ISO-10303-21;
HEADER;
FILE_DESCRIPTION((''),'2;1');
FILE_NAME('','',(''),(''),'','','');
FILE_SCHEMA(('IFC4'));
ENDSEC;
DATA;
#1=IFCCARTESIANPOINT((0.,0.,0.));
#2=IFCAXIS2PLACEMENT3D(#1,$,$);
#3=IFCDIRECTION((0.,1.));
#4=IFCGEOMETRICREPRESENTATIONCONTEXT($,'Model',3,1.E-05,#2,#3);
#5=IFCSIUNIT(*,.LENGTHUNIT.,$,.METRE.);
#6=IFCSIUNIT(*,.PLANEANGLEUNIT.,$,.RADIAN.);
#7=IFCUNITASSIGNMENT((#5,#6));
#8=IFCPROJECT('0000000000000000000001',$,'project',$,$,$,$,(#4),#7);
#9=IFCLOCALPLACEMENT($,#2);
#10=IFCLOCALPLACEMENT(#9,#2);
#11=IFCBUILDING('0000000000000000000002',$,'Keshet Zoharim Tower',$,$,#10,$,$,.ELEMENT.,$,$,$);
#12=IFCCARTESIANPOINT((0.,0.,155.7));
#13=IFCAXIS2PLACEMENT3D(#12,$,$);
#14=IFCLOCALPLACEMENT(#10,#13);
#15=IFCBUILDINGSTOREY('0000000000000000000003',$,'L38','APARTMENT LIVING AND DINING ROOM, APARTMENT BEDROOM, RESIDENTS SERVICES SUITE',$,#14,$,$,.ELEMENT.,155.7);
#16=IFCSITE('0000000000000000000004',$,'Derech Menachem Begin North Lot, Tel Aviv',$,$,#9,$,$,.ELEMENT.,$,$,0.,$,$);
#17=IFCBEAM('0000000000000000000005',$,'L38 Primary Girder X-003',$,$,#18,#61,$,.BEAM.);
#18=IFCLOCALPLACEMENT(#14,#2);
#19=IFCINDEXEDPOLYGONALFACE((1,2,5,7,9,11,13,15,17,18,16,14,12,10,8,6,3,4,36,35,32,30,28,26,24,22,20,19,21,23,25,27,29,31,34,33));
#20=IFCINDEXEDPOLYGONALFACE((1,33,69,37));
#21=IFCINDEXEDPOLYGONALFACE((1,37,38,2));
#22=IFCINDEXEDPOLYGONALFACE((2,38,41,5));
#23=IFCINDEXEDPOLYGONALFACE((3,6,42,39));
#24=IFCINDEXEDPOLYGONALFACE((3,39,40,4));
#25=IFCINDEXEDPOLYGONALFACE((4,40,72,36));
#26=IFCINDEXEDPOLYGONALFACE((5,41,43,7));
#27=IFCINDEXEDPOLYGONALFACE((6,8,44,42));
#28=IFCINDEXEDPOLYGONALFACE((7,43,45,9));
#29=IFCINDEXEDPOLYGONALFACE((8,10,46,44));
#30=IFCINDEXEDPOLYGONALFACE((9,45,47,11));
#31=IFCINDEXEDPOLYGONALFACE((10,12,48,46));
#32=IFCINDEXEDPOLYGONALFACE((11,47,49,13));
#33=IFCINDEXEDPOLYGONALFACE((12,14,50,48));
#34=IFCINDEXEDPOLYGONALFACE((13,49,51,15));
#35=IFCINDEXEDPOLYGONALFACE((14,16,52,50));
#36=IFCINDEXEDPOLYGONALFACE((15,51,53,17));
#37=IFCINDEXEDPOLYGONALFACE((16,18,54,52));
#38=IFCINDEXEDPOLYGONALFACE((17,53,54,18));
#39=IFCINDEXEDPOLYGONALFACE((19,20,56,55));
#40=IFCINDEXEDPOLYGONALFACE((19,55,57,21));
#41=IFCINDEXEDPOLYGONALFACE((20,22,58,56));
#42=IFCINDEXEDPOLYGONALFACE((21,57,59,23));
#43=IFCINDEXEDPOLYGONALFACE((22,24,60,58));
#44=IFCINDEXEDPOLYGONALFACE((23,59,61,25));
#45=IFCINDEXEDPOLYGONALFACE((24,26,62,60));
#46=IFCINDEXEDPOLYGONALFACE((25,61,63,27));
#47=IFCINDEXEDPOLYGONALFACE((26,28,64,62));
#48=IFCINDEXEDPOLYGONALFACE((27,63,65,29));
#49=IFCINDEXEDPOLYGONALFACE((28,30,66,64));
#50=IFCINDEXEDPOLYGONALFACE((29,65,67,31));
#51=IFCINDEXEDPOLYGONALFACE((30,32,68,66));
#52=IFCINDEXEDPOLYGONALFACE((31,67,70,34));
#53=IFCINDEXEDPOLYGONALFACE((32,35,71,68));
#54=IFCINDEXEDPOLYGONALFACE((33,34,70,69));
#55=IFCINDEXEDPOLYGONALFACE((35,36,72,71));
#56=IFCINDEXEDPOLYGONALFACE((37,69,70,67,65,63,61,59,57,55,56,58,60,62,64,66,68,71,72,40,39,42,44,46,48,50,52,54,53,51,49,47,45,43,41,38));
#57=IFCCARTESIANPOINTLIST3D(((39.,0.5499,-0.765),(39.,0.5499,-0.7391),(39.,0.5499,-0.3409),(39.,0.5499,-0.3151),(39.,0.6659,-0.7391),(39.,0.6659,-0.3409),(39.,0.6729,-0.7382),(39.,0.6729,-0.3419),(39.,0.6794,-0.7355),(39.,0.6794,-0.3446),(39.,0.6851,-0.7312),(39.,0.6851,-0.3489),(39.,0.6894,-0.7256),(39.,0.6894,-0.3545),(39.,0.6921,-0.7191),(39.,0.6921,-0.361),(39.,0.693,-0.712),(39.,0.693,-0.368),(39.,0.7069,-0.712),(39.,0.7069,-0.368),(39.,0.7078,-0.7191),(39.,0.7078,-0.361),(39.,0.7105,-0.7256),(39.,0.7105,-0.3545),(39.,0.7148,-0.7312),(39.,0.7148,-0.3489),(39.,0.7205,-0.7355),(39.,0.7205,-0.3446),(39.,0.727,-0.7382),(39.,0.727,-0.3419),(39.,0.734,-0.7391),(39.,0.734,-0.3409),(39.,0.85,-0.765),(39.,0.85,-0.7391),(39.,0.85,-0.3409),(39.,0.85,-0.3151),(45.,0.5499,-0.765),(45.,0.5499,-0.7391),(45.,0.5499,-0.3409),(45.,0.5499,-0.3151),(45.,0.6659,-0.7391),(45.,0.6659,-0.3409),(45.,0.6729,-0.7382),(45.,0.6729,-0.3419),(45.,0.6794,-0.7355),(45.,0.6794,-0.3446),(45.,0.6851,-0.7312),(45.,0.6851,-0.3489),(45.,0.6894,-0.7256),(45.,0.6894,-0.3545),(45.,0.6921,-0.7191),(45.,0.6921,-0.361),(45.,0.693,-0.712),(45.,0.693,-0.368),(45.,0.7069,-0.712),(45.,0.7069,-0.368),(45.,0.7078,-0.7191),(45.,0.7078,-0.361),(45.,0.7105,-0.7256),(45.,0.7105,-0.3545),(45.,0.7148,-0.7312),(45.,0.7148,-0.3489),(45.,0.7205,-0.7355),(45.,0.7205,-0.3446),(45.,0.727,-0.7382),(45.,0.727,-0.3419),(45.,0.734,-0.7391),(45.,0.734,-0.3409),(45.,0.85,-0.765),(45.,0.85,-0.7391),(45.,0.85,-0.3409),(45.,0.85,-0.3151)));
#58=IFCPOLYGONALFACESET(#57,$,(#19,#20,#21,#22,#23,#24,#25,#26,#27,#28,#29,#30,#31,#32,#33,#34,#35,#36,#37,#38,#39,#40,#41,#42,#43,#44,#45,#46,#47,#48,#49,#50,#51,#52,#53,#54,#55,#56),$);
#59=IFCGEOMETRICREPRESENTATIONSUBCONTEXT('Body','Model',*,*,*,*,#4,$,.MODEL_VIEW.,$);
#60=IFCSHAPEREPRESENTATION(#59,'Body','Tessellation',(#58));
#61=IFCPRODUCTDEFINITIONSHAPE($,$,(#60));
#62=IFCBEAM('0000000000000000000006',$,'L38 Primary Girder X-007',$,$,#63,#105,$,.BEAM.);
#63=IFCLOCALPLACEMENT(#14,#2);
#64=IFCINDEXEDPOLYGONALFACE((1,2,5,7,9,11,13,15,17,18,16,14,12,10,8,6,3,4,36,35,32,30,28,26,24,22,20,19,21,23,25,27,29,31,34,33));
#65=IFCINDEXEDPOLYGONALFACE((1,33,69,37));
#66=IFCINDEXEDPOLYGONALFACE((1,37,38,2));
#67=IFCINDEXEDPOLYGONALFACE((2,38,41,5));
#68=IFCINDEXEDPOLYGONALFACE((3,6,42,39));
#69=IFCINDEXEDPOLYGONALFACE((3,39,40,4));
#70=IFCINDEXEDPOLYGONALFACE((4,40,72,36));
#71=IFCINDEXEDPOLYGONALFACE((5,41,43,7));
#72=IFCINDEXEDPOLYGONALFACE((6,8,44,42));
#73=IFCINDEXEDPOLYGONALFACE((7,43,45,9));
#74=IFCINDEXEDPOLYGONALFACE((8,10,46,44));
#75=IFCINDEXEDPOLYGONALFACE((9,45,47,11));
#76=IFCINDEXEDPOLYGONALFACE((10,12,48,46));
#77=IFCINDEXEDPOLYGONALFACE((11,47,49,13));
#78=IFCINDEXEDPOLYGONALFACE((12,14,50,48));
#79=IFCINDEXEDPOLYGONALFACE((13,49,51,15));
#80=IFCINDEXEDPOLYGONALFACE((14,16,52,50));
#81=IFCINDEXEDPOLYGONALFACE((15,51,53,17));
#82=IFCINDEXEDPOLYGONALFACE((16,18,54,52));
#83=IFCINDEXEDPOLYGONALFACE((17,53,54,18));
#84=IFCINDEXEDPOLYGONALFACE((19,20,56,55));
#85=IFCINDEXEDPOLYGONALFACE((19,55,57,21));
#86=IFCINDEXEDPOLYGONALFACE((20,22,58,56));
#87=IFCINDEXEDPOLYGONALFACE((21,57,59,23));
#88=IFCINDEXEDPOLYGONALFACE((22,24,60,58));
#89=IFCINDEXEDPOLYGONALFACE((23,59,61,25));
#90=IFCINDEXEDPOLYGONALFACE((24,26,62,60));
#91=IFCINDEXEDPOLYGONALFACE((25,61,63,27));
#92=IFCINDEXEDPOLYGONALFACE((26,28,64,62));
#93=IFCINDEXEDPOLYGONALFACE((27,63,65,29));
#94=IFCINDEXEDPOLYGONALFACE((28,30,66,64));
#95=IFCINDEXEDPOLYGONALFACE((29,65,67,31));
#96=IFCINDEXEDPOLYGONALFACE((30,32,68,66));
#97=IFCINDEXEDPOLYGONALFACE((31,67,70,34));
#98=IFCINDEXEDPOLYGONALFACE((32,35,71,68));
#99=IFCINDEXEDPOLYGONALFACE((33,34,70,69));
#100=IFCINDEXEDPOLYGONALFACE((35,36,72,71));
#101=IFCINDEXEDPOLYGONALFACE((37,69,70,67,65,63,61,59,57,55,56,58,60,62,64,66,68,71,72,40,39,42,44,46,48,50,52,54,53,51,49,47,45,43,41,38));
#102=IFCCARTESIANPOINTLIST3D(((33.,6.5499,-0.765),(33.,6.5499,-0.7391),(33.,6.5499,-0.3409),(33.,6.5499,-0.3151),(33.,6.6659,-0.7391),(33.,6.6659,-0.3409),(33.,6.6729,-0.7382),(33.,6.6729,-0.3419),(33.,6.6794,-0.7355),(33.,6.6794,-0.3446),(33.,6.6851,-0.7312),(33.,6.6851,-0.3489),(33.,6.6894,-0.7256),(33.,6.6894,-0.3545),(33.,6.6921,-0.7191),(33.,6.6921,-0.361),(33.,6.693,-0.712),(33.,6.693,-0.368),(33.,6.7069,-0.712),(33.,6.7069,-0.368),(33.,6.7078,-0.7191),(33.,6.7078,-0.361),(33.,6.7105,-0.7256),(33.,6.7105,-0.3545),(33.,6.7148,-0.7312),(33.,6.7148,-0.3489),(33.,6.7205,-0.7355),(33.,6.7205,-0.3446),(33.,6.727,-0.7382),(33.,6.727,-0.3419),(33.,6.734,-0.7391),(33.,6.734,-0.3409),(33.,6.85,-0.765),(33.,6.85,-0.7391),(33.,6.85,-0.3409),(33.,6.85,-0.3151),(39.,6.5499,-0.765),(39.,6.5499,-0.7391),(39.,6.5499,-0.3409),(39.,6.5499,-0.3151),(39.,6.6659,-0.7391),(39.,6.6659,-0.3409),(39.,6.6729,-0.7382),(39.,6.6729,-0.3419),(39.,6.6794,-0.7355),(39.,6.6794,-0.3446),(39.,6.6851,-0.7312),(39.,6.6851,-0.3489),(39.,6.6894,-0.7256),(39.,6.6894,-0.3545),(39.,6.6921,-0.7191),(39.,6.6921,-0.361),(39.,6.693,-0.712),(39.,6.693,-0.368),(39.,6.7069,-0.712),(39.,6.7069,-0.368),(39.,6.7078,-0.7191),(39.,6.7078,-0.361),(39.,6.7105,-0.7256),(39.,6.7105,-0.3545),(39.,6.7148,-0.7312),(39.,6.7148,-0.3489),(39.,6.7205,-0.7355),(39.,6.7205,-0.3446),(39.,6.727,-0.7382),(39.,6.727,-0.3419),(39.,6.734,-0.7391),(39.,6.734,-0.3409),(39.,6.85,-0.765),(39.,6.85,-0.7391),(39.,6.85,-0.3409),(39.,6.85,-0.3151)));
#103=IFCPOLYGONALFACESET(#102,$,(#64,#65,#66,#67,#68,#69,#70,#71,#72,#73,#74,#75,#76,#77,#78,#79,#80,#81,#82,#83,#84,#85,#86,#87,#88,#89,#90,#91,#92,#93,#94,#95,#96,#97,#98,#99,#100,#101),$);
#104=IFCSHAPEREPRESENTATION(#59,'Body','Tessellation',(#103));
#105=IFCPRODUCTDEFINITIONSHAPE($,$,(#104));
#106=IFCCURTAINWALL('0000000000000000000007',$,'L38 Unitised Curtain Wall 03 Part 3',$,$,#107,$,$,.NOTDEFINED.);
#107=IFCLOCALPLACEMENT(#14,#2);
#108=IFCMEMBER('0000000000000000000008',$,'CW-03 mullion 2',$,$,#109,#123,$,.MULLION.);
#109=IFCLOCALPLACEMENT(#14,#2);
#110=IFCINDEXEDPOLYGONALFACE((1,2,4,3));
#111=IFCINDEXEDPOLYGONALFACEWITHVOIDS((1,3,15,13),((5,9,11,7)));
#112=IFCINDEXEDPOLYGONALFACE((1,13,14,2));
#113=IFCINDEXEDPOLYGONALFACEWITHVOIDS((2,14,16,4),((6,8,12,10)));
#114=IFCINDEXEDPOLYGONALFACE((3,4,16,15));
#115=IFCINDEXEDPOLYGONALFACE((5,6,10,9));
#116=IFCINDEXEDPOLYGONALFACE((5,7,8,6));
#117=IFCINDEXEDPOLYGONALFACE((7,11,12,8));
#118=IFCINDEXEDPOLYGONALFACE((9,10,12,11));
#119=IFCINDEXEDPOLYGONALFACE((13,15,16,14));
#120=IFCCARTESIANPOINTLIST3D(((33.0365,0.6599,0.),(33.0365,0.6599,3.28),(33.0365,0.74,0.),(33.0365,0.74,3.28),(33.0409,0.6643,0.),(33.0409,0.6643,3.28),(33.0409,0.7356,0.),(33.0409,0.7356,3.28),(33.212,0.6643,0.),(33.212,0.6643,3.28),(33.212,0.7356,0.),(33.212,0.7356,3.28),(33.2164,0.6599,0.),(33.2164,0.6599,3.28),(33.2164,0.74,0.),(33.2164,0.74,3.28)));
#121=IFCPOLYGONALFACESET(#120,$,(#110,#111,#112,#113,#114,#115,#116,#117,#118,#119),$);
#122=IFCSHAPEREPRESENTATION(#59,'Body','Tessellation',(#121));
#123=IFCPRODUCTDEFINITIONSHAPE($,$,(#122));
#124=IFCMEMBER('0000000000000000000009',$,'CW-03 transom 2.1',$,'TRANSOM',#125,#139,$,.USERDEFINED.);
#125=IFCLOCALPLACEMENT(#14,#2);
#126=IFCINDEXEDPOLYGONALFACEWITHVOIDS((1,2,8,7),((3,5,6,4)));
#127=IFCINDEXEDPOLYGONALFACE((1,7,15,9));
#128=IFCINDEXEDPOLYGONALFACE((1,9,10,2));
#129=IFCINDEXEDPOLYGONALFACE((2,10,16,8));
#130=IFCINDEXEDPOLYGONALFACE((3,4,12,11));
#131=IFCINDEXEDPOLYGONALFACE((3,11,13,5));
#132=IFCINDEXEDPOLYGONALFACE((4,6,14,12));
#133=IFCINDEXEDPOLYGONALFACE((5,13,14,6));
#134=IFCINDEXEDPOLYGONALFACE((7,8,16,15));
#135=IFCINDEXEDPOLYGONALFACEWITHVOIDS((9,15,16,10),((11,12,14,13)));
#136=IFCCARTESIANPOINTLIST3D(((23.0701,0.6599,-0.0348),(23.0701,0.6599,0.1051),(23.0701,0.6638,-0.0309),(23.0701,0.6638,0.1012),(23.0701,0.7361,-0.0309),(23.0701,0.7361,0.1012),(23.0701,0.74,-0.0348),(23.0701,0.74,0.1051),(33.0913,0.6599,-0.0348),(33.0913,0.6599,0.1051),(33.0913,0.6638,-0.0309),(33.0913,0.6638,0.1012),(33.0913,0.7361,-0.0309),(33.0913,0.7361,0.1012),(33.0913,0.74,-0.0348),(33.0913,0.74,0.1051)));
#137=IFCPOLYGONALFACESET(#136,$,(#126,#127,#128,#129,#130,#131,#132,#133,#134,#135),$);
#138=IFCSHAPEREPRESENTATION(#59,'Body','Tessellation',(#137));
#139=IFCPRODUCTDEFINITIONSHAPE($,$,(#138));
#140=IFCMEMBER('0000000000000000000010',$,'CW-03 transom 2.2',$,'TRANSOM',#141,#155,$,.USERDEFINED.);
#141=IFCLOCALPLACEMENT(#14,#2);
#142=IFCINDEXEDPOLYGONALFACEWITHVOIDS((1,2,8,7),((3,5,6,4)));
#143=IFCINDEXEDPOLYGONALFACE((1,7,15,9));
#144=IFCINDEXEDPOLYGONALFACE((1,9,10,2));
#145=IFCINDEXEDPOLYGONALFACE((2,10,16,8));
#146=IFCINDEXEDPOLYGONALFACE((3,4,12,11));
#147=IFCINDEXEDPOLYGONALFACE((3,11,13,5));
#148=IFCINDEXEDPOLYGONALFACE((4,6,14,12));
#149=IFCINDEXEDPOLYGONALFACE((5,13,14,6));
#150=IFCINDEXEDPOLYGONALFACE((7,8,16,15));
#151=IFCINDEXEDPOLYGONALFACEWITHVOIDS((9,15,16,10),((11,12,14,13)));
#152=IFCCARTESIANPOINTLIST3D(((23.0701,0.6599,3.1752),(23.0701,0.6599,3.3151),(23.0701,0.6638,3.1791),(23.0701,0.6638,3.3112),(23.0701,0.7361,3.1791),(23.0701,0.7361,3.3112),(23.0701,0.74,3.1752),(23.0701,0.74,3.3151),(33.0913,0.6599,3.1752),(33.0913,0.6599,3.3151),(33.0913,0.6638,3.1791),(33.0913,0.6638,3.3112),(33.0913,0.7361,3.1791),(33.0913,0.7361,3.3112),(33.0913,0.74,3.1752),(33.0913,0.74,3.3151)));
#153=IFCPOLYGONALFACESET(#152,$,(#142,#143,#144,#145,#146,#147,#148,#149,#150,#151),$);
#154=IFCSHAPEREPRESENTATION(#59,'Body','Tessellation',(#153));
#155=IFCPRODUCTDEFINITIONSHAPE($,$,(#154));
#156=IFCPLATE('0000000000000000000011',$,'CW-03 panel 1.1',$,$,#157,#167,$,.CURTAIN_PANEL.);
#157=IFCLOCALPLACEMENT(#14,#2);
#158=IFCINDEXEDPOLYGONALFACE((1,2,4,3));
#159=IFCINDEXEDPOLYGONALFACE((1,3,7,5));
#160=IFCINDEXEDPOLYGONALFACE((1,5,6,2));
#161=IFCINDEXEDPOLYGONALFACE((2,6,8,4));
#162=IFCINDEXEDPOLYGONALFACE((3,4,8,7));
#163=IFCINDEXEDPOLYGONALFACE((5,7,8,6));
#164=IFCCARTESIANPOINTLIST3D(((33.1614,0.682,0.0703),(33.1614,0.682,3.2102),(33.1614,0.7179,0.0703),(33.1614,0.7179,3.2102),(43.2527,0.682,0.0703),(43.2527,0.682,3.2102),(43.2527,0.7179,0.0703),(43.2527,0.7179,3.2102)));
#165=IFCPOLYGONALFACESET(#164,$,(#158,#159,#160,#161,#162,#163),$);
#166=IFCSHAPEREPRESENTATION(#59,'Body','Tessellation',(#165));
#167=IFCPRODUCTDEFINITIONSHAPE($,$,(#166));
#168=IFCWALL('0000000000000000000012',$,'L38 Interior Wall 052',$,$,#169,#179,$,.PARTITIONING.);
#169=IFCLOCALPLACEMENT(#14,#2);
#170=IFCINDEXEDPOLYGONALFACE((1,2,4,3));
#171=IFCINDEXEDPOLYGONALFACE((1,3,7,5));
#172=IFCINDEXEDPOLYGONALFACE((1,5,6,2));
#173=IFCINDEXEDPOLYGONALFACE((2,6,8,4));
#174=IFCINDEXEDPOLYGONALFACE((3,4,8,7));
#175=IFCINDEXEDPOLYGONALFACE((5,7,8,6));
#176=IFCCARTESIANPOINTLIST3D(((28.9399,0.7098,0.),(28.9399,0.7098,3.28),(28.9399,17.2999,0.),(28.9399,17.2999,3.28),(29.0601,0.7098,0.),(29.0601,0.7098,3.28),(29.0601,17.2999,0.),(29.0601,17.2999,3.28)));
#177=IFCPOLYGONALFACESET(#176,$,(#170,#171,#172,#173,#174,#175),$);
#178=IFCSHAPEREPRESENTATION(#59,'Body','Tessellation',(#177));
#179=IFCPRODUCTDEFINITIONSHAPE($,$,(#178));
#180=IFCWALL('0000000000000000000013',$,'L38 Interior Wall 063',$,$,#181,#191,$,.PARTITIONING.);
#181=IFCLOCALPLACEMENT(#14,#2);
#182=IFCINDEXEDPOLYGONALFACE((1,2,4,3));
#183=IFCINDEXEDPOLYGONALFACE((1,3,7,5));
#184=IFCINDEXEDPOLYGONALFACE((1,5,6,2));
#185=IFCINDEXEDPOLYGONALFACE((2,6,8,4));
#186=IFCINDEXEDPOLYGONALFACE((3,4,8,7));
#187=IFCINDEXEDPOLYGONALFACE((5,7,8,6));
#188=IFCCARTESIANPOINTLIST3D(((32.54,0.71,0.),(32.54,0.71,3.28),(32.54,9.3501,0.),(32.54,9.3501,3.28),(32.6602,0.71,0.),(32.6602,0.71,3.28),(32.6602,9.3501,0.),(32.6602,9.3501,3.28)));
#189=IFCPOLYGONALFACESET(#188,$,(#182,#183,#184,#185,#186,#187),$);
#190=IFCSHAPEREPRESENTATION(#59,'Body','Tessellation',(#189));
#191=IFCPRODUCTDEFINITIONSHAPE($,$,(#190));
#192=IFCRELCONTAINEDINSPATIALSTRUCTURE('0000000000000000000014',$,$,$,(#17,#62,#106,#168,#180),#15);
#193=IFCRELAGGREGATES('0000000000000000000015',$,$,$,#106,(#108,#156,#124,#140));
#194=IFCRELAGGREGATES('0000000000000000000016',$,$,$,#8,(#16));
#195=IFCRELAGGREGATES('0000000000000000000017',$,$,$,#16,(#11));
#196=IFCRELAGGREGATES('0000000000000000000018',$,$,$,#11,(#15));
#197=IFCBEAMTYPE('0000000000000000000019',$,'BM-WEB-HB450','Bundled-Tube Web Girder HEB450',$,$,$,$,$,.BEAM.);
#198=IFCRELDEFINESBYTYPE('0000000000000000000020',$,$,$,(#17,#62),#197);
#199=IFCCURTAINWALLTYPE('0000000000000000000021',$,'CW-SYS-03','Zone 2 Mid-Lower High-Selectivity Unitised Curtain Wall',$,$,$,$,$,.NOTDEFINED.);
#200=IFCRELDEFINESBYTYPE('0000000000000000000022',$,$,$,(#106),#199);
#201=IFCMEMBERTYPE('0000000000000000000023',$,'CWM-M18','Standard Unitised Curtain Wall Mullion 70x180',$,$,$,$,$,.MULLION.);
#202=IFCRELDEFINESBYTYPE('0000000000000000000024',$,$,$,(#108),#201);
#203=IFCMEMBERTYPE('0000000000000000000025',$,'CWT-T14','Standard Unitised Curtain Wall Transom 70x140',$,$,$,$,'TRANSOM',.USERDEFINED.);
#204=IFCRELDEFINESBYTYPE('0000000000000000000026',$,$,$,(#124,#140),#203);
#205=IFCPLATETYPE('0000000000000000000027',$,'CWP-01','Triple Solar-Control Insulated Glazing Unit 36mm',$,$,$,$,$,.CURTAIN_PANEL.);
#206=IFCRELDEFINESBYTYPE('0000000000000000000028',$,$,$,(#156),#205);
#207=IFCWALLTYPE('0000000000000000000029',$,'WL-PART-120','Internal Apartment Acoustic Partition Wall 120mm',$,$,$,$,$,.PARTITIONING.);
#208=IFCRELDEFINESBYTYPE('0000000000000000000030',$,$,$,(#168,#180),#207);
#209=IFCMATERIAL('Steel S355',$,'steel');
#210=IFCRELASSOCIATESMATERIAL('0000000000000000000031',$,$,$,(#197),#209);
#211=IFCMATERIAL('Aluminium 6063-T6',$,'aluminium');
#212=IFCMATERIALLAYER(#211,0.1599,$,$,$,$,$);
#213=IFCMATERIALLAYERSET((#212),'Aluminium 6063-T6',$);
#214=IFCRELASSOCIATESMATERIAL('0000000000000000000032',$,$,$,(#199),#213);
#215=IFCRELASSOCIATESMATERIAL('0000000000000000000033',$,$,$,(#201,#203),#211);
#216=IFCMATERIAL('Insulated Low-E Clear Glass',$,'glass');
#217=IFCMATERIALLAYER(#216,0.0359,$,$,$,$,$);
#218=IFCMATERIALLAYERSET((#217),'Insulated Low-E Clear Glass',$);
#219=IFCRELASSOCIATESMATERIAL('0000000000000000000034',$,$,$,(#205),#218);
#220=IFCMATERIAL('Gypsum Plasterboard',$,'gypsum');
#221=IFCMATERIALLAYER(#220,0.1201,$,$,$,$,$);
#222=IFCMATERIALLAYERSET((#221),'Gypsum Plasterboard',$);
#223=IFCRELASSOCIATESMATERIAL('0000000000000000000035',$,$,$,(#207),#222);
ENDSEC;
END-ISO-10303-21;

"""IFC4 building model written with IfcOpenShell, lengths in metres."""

from ifc_helpers import new_model, si_unit, direction, frame, frame_2d, origin, origin_2d, place, context, subcontext, project, spatial, rectangle, hollow_rectangle, i_section, extrude, material, layer, layer_set, material_profile, profile_set, type_object, element, aggregate, save


model = new_model("IFC4")

# Units and contexts
model_context = context("Model", 3, precision=1e-05, world=origin(), true_north=direction((0.0, 1.0)))
body_context = subcontext(model_context, "Body", "Model", "MODEL_VIEW")
ifc_project = project(units=[si_unit("LENGTHUNIT", "METRE"), si_unit("PLANEANGLEUNIT", "RADIAN")], contexts=[model_context])

# Site, building, storey
site_placement = place(None, origin())
site = spatial("IfcSite", under=ifc_project, at=site_placement, Name="Derech Menachem Begin North Lot, Tel Aviv", CompositionType="ELEMENT", RefElevation=0.0)
building_placement = place(site_placement, origin())
building = spatial("IfcBuilding", under=site, at=building_placement, Name="Keshet Zoharim Tower", CompositionType="ELEMENT")
storey_placement = place(building_placement, frame((0.0, 0.0, 155.7)))
storey = spatial("IfcBuildingStorey", under=building, at=storey_placement, Name="L38", Description="APARTMENT LIVING AND DINING ROOM, APARTMENT BEDROOM, RESIDENTS SERVICES SUITE", CompositionType="ELEMENT", Elevation=155.7)

# Shared definitions
ifc_material_1 = material(Name="Steel S355", Category="steel")

# Beams
ifc_material_profile_1 = material_profile(ifc_material_1, i_section(OverallWidth=0.3, OverallDepth=0.45, WebThickness=0.0139, FlangeThickness=0.0259, FilletRadius=0.0271, at=origin_2d()), Name="HEB450")
ifc_profile_set_1 = profile_set([ifc_material_profile_1], Name="Steel S355")
beam_type_1 = type_object("IfcBeamType", Name="BM-WEB-HB450", Description="Bundled-Tube Web Girder HEB450", PredefinedType="BEAM", material=ifc_profile_set_1)
for number, where, z_axis, x_axis, name in (
    (1, (39.0, 0.7, -0.54), (1.0, 0.0, 0.0), (0.0, 1.0, 0.0), "L38 Primary Girder X-003"),
    (2, (33.0, 6.7, -0.54), (1.0, 0.0, 0.0), (0.0, 1.0, 0.0), "L38 Primary Girder X-007"),
):
    element("IfcBeam", number, at=place(storey_placement, frame(where, z_axis=z_axis, x_axis=x_axis)), inside=storey, type_object=beam_type_1, Name=name, PredefinedType="BEAM", context=body_context, shape_type="SweptSolid", body=[
        extrude(i_section(OverallWidth=0.3, OverallDepth=0.45, WebThickness=0.0139, FlangeThickness=0.0259, FilletRadius=0.0271, at=origin_2d()), origin(), (0.0, 0.0, 1.0), 6.0),
    ])

# Curtain wall, members, plate
ifc_material_2 = material(Name="Aluminium 6063-T6", Category="aluminium")
ifc_layer_1 = layer(ifc_material_2, 0.1599)
ifc_layer_set_1 = layer_set([ifc_layer_1], Name="Aluminium 6063-T6")
curtain_wall_type = type_object("IfcCurtainWallType", Name="CW-SYS-03", Description="Zone 2 Mid-Lower High-Selectivity Unitised Curtain Wall", PredefinedType="NOTDEFINED", material=ifc_layer_set_1)
curtain_wall_placement = place(storey_placement, origin())
curtain_wall = element("IfcCurtainWall", 3, at=curtain_wall_placement, inside=storey, type_object=curtain_wall_type, Name="L38 Unitised Curtain Wall 03 Part 3", PredefinedType="NOTDEFINED")
ifc_material_profile_2 = material_profile(ifc_material_2, hollow_rectangle(XDim=0.0801, YDim=0.1799, WallThickness=0.0044, at=origin_2d()), Name="MUL-80x180")
ifc_profile_set_2 = profile_set([ifc_material_profile_2], Name="Aluminium 6063-T6")
member_type_1 = type_object("IfcMemberType", Name="CWM-M18", Description="Standard Unitised Curtain Wall Mullion 70x180", PredefinedType="MULLION", material=ifc_profile_set_2)
member_1_placement = place(storey_placement, frame((33.1265, 0.7, 0.0), z_axis=(0.0, 0.0, 1.0), x_axis=(0.0, -1.0, 0.0)))
member_1 = element("IfcMember", 4, at=member_1_placement, type_object=member_type_1, Name="CW-03 mullion 2", PredefinedType="MULLION", context=body_context, shape_type="SweptSolid", body=[
    extrude(hollow_rectangle(XDim=0.0801, YDim=0.1799, WallThickness=0.0044, at=origin_2d()), origin(), (0.0, 0.0, 1.0), 3.28),
])
ifc_material_profile_3 = material_profile(ifc_material_2, hollow_rectangle(XDim=0.0801, YDim=0.1399, WallThickness=0.0039, at=origin_2d()), Name="TRN-80x140")
ifc_profile_set_3 = profile_set([ifc_material_profile_3], Name="Aluminium 6063-T6")
member_type_2 = type_object("IfcMemberType", Name="CWT-T14", Description="Standard Unitised Curtain Wall Transom 70x140", ElementType="TRANSOM", PredefinedType="USERDEFINED", material=ifc_profile_set_3)
member_2_placement = place(storey_placement, frame((33.0913, 0.7, 0.0352), z_axis=(-1.0, 0.0, 0.0), x_axis=(0.0, -1.0, 0.0)))
member_2 = element("IfcMember", 5, at=member_2_placement, type_object=member_type_2, Name="CW-03 transom 2.1", ObjectType="TRANSOM", PredefinedType="USERDEFINED", context=body_context, shape_type="SweptSolid", body=[
    extrude(hollow_rectangle(XDim=0.0801, YDim=0.1399, WallThickness=0.0039, at=origin_2d()), origin(), (0.0, 0.0, 1.0), 10.0212),
])
member_3_placement = place(storey_placement, frame((33.0913, 0.7, 3.2451), z_axis=(-1.0, 0.0, 0.0), x_axis=(0.0, -1.0, 0.0)))
member_3 = element("IfcMember", 6, at=member_3_placement, type_object=member_type_2, Name="CW-03 transom 2.2", ObjectType="TRANSOM", PredefinedType="USERDEFINED", context=body_context, shape_type="SweptSolid", body=[
    extrude(hollow_rectangle(XDim=0.0801, YDim=0.1399, WallThickness=0.0039, at=origin_2d()), origin(), (0.0, 0.0, 1.0), 10.0212),
])
ifc_material_3 = material(Name="Insulated Low-E Clear Glass", Category="glass")
ifc_layer_2 = layer(ifc_material_3, 0.0359)
ifc_layer_set_2 = layer_set([ifc_layer_2], Name="Insulated Low-E Clear Glass")
plate_type = type_object("IfcPlateType", Name="CWP-01", Description="Triple Solar-Control Insulated Glazing Unit 36mm", PredefinedType="CURTAIN_PANEL", material=ifc_layer_set_2)
plate_placement = place(storey_placement, frame((38.207, 0.7, 0.0703), z_axis=(0.0, 0.0, 1.0), x_axis=(-1.0, 0.0, 0.0)))
plate = element("IfcPlate", 7, at=plate_placement, type_object=plate_type, Name="CW-03 panel 1.1", PredefinedType="CURTAIN_PANEL", context=body_context, shape_type="SweptSolid", body=[
    extrude(rectangle(XDim=10.0913, YDim=0.0359, at=origin_2d()), origin(), (0.0, 0.0, 1.0), 3.1399),
])
aggregate(curtain_wall, [member_1, plate, member_2, member_3])

# Walls
ifc_material_4 = material(Name="Gypsum Plasterboard", Category="gypsum")
ifc_layer_3 = layer(ifc_material_4, 0.1201)
ifc_layer_set_3 = layer_set([ifc_layer_3], Name="Gypsum Plasterboard")
wall_type = type_object("IfcWallType", Name="WL-PART-120", Description="Internal Apartment Acoustic Partition Wall 120mm", PredefinedType="PARTITIONING", material=ifc_layer_set_3)
wall_1_placement = place(storey_placement, frame((29.0, 0.71, 0.0), z_axis=(0.0, 0.0, 1.0), x_axis=(0.0, 1.0, 0.0)))
element("IfcWall", 8, at=wall_1_placement, inside=storey, type_object=wall_type, Name="L38 Interior Wall 052", PredefinedType="PARTITIONING", context=body_context, shape_type="SweptSolid", body=[
    extrude(rectangle(XDim=16.5901, YDim=0.1201, at=frame_2d((8.2949, 0.0))), origin(), (0.0, 0.0, 1.0), 3.28),
])
wall_2_placement = place(storey_placement, frame((32.6001, 0.71, 0.0), z_axis=(0.0, 0.0, 1.0), x_axis=(0.0, 1.0, 0.0)))
element("IfcWall", 9, at=wall_2_placement, inside=storey, type_object=wall_type, Name="L38 Interior Wall 063", PredefinedType="PARTITIONING", context=body_context, shape_type="SweptSolid", body=[
    extrude(rectangle(XDim=8.6401, YDim=0.1201, at=frame_2d((4.3201, 0.0))), origin(), (0.0, 0.0, 1.0), 3.28),
])

save(model, "model.ifc")
